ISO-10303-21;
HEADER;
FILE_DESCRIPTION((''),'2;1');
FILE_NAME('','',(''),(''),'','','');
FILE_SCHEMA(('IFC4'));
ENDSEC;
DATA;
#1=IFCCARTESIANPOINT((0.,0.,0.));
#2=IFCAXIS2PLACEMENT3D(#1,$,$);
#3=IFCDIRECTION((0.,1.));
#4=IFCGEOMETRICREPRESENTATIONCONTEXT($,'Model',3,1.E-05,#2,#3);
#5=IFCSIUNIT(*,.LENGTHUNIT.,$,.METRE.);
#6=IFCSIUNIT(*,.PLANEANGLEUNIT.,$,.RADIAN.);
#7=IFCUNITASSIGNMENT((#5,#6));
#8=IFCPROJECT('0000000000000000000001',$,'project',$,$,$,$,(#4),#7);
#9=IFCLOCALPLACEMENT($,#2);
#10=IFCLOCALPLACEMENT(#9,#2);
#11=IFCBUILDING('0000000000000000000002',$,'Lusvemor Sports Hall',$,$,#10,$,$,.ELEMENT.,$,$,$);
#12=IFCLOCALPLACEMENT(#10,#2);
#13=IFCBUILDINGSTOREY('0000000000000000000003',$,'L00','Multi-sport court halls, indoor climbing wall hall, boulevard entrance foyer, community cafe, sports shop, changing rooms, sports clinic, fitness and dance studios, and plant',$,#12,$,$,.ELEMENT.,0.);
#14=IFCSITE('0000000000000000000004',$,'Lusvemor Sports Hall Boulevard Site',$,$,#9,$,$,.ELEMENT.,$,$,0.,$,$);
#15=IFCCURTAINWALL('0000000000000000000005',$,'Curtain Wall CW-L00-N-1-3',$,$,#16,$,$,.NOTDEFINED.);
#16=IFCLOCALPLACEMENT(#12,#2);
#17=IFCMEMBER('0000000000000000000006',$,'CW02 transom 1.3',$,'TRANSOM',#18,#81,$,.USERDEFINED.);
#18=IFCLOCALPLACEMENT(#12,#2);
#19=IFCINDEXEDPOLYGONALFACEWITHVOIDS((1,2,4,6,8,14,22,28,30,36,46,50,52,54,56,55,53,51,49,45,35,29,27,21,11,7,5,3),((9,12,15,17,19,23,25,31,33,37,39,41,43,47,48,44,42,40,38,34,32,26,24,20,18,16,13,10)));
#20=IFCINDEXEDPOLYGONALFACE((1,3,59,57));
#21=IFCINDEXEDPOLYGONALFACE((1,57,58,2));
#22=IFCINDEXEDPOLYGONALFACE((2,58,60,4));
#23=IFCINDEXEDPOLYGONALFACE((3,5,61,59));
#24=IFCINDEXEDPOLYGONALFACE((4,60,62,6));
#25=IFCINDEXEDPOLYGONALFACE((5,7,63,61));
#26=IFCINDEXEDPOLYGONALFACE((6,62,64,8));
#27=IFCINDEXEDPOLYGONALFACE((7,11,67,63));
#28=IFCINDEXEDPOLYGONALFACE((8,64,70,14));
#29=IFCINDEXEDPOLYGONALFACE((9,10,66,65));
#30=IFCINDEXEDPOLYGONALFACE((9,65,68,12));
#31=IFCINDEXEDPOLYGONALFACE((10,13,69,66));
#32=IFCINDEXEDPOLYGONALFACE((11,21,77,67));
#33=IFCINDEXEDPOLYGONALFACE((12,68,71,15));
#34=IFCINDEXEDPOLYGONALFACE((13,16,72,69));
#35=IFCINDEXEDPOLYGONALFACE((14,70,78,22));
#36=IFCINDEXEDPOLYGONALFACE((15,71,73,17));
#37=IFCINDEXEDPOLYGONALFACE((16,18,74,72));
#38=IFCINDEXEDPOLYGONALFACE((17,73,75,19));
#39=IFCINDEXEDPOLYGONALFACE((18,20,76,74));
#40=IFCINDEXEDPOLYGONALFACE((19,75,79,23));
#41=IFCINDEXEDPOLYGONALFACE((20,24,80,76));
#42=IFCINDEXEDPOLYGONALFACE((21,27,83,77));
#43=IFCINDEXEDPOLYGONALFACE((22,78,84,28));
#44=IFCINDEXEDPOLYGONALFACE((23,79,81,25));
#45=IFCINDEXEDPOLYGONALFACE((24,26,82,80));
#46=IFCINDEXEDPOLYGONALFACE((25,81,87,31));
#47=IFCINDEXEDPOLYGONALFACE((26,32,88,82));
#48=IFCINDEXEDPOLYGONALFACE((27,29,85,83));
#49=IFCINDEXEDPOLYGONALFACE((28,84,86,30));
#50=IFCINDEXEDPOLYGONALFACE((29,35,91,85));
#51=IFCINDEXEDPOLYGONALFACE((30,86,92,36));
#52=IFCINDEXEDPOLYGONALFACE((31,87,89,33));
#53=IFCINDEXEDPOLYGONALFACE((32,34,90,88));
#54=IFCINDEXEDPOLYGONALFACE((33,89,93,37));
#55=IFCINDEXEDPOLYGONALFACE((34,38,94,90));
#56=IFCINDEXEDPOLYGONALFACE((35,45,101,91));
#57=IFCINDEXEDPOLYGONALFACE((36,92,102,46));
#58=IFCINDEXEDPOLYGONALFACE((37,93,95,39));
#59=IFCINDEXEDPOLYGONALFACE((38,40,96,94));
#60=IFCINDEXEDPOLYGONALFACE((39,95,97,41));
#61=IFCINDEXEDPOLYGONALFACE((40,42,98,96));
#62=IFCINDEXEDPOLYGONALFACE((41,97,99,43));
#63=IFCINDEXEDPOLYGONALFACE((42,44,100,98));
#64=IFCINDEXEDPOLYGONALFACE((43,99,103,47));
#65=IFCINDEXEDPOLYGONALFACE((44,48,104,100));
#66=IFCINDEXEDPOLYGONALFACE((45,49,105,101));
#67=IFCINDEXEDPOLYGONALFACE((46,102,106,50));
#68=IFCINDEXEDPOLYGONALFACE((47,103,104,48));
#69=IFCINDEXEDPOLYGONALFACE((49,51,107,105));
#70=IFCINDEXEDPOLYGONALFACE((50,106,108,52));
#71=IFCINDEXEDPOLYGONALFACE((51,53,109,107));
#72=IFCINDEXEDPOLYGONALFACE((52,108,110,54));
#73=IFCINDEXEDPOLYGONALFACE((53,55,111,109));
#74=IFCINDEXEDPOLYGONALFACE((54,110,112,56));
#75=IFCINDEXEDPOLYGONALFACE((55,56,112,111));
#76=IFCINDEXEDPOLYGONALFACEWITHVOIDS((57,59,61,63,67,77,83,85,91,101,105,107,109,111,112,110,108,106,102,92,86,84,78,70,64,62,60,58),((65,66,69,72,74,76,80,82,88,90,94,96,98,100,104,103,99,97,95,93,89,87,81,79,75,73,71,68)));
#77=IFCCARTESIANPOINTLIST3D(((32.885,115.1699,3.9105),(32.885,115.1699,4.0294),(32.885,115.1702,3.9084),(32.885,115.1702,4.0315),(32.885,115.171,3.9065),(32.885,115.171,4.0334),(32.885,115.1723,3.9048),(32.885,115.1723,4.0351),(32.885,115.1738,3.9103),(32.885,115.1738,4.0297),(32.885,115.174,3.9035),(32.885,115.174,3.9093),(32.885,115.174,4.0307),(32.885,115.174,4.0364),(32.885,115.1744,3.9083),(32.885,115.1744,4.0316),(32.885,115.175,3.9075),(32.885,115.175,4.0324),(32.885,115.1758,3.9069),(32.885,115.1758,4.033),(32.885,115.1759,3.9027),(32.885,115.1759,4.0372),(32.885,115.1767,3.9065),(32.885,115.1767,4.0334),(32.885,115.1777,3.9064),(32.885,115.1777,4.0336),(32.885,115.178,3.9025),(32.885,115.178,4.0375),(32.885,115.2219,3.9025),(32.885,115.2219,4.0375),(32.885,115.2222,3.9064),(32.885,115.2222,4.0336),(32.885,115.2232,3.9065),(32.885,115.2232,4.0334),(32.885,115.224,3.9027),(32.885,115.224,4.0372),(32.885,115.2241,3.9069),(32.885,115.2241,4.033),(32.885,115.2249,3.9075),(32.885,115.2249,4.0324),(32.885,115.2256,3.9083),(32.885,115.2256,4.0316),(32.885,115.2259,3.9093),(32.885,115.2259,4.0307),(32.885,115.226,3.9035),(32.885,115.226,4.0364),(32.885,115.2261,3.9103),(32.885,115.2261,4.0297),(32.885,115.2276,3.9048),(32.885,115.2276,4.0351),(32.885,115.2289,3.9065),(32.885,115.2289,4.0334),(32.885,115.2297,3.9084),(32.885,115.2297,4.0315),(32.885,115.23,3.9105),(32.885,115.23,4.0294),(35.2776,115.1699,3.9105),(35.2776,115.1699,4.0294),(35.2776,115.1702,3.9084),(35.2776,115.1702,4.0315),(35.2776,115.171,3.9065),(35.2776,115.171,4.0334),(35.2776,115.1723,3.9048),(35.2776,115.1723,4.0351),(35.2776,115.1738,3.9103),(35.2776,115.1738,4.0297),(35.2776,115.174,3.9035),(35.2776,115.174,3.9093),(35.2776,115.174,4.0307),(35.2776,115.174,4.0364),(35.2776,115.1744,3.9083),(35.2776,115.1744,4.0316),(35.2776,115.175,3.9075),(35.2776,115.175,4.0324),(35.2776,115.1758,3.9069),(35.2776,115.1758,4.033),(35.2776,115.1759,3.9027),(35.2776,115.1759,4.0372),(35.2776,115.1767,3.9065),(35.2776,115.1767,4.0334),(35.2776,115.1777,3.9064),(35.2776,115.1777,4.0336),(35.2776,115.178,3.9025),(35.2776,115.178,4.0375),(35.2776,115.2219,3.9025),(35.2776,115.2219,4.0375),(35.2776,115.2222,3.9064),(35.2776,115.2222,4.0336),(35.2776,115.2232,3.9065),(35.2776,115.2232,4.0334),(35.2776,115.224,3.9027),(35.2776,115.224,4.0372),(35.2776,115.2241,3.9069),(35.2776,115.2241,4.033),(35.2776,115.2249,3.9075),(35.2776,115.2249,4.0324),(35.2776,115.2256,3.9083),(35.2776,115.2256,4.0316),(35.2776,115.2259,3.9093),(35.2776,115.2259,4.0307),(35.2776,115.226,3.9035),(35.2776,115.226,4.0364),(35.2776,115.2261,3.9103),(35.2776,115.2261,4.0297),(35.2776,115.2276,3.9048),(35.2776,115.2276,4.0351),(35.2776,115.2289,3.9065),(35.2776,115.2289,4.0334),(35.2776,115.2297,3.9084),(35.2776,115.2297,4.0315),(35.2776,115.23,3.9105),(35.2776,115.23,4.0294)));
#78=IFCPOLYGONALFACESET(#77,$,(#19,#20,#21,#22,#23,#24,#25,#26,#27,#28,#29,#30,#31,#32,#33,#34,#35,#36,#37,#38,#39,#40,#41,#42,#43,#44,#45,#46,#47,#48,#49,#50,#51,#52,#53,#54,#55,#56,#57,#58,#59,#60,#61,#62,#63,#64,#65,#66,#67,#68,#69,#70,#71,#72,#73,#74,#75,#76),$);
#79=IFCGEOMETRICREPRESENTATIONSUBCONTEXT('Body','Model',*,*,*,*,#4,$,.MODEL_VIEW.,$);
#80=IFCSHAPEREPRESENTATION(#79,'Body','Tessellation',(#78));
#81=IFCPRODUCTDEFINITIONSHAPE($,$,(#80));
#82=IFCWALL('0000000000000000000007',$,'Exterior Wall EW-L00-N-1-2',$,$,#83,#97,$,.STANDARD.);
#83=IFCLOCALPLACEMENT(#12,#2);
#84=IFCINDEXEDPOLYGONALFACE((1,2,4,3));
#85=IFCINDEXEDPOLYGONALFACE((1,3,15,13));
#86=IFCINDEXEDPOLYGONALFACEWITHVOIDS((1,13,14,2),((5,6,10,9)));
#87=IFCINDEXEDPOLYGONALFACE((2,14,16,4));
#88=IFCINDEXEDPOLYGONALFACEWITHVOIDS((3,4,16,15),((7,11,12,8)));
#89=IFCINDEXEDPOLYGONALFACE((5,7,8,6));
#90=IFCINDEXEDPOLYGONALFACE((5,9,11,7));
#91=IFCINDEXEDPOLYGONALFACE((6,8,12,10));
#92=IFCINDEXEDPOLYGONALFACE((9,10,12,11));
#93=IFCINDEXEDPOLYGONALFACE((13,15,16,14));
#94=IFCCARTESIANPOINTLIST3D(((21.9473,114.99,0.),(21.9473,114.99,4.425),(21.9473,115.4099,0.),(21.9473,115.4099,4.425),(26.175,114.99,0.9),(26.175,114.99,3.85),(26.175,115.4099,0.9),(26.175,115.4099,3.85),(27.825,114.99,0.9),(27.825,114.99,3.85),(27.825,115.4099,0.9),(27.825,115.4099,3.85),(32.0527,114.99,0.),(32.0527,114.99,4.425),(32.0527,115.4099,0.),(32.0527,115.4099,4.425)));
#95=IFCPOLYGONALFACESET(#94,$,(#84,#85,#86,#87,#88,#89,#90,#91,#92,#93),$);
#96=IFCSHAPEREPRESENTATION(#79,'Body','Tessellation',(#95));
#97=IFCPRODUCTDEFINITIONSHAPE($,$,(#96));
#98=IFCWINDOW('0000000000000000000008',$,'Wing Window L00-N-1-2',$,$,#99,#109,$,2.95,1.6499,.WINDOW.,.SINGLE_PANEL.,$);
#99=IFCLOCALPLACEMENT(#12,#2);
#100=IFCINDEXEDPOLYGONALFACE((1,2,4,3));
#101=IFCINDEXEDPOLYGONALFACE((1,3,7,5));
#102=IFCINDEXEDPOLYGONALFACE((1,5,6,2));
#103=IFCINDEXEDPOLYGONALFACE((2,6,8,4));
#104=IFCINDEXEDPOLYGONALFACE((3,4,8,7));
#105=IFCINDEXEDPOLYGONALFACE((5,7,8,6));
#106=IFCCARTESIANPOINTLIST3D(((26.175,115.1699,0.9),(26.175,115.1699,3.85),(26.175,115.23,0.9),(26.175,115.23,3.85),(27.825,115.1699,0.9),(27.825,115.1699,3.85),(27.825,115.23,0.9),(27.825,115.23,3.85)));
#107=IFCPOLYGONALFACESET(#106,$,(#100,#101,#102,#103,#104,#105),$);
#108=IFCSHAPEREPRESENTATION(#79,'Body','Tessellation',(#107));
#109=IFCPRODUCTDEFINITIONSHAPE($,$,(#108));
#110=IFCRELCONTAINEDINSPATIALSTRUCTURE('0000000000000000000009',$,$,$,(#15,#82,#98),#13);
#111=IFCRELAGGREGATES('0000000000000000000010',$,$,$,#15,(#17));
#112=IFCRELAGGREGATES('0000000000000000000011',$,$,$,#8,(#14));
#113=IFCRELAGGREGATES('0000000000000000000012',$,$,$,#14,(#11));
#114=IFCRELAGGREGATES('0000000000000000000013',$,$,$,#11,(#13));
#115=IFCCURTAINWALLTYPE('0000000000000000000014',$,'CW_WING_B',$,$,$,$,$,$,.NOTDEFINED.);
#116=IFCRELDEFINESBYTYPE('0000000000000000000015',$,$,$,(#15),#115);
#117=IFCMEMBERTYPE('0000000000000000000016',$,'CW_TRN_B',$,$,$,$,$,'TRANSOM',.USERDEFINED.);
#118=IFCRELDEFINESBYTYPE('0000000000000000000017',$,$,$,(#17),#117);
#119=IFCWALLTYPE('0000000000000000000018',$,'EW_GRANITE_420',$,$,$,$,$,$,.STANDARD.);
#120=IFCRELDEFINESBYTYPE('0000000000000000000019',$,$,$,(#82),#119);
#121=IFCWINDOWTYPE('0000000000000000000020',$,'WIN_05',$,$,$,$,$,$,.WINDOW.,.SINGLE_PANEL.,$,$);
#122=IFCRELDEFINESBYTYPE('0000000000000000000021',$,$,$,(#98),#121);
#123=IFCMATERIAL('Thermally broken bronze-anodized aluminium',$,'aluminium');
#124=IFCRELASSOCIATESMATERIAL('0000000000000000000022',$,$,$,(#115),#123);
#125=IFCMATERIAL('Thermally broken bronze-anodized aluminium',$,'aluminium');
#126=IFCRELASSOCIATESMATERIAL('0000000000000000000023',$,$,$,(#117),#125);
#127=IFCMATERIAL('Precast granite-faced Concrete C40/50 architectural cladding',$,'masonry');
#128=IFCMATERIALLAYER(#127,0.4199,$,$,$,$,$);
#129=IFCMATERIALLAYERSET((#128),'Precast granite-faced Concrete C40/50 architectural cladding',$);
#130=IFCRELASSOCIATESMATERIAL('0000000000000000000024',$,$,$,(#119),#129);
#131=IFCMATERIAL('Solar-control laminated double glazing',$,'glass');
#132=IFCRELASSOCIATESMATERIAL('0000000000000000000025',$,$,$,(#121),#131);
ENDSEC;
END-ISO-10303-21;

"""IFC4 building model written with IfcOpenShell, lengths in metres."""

from ifc_helpers import new_model, si_unit, direction, frame, frame_2d, origin, origin_2d, place, context, subcontext, project, spatial, rectangle, hollow_rectangle, extrude, material, layer, layer_set, material_profile, profile_set, type_object, element, fill, aggregate, save


model = new_model("IFC4")

# Units and contexts
model_context = context("Model", 3, precision=1e-05, world=origin(), true_north=direction((0.0, 1.0)))
body_context = subcontext(model_context, "Body", "Model", "MODEL_VIEW")
ifc_project = project(units=[si_unit("LENGTHUNIT", "METRE"), si_unit("PLANEANGLEUNIT", "RADIAN")], contexts=[model_context])

# Site, building, storey
site_placement = place(None, origin())
site = spatial("IfcSite", under=ifc_project, at=site_placement, Name="Lusvemor Sports Hall Boulevard Site", CompositionType="ELEMENT", RefElevation=0.0)
building_placement = place(site_placement, origin())
building = spatial("IfcBuilding", under=site, at=building_placement, Name="Lusvemor Sports Hall", CompositionType="ELEMENT")
storey_placement = place(building_placement, origin())
storey = spatial("IfcBuildingStorey", under=building, at=storey_placement, Name="L00", Description="Multi-sport court halls, indoor climbing wall hall, boulevard entrance foyer, community cafe, sports shop, changing rooms, sports clinic, fitness and dance studios, and plant", CompositionType="ELEMENT", Elevation=0.0)

# Curtain wall, member
ifc_material_1 = material(Name="Thermally broken bronze-anodized aluminium", Category="aluminium")
curtain_wall_type = type_object("IfcCurtainWallType", Name="CW_WING_B", PredefinedType="NOTDEFINED", material=ifc_material_1)
curtain_wall_placement = place(storey_placement, origin())
curtain_wall = element("IfcCurtainWall", 1, at=curtain_wall_placement, inside=storey, type_object=curtain_wall_type, Name="Curtain Wall CW-L00-N-1-3", PredefinedType="NOTDEFINED")
ifc_material_2 = material(Name="Thermally broken bronze-anodized aluminium", Category="aluminium")
ifc_material_profile_1 = material_profile(ifc_material_2, hollow_rectangle(XDim=0.0601, YDim=0.135, WallThickness=0.0039, InnerFilletRadius=0.0039, OuterFilletRadius=0.0081, at=origin_2d()), Name="CWTRN135x60x4")
ifc_profile_set_1 = profile_set([ifc_material_profile_1], Name="Thermally broken bronze-anodized aluminium")
member_type_1 = type_object("IfcMemberType", Name="CW_TRN_B", ElementType="TRANSOM", PredefinedType="USERDEFINED", material=ifc_profile_set_1)
member_1_placement = place(storey_placement, frame((32.885, 115.2, 3.97), z_axis=(1.0, 0.0, 0.0), x_axis=(0.0, 1.0, 0.0)))
member_1 = element("IfcMember", 2, at=member_1_placement, type_object=member_type_1, Name="CW02 transom 1.3", ObjectType="TRANSOM", PredefinedType="USERDEFINED", context=body_context, shape_type="SweptSolid", body=[
    extrude(hollow_rectangle(XDim=0.0601, YDim=0.135, WallThickness=0.0039, InnerFilletRadius=0.0039, OuterFilletRadius=0.0081, at=origin_2d()), origin(), (0.0, 0.0, 1.0), 2.3926),
])
aggregate(curtain_wall, [member_1])

# Wall, opening, window
ifc_material_3 = material(Name="Precast granite-faced Concrete C40/50 architectural cladding", Category="masonry")
ifc_layer = layer(ifc_material_3, 0.4199)
ifc_layer_set = layer_set([ifc_layer], Name="Precast granite-faced Concrete C40/50 architectural cladding")
wall_type = type_object("IfcWallType", Name="EW_GRANITE_420", PredefinedType="STANDARD", material=ifc_layer_set)
wall_placement = place(storey_placement, frame((21.9473, 115.2, 0.0), z_axis=(0.0, 0.0, 1.0), x_axis=(1.0, 0.0, 0.0)))
wall = element("IfcWall", 3, at=wall_placement, inside=storey, type_object=wall_type, Name="Exterior Wall EW-L00-N-1-2", PredefinedType="STANDARD", context=body_context, shape_type="SweptSolid", body=[
    extrude(rectangle(XDim=10.1055, YDim=0.4199, at=frame_2d((5.0527, 0.0))), origin(), (0.0, 0.0, 1.0), 4.425),
])
opening_placement = place(wall_placement, frame((4.2278, 0.0, 0.8999)))
opening = element("IfcOpeningElement", 4, at=opening_placement, cuts=wall, PredefinedType="OPENING", context=body_context, shape_type="SweptSolid", body=[
    extrude(rectangle(XDim=1.6499, YDim=2.95, at=frame_2d((0.825, 1.4751))), frame((0.0, 0.21, 0.0), z_axis=(0.0, -1.0, 0.0), x_axis=(1.0, 0.0, 0.0)), (0.0, 0.0, 1.0), 0.4199),
])
ifc_material_4 = material(Name="Solar-control laminated double glazing", Category="glass")
window_type = type_object("IfcWindowType", Name="WIN_05", PartitioningType="SINGLE_PANEL", PredefinedType="WINDOW", material=ifc_material_4)
window_placement = place(opening_placement, origin())
window = element("IfcWindow", 5, at=window_placement, inside=storey, type_object=window_type, Name="Wing Window L00-N-1-2", OverallHeight=2.95, OverallWidth=1.6499, PartitioningType="SINGLE_PANEL", PredefinedType="WINDOW", context=body_context, shape_type="SweptSolid", body=[
    extrude(rectangle(XDim=1.6499, YDim=2.95, at=frame_2d((0.825, 1.4751))), frame((0.0, 0.03, 0.0), z_axis=(0.0, -1.0, 0.0), x_axis=(1.0, 0.0, 0.0)), (0.0, 0.0, 1.0), 0.0601),
])
fill(opening, window)

save(model, "model.ifc")
